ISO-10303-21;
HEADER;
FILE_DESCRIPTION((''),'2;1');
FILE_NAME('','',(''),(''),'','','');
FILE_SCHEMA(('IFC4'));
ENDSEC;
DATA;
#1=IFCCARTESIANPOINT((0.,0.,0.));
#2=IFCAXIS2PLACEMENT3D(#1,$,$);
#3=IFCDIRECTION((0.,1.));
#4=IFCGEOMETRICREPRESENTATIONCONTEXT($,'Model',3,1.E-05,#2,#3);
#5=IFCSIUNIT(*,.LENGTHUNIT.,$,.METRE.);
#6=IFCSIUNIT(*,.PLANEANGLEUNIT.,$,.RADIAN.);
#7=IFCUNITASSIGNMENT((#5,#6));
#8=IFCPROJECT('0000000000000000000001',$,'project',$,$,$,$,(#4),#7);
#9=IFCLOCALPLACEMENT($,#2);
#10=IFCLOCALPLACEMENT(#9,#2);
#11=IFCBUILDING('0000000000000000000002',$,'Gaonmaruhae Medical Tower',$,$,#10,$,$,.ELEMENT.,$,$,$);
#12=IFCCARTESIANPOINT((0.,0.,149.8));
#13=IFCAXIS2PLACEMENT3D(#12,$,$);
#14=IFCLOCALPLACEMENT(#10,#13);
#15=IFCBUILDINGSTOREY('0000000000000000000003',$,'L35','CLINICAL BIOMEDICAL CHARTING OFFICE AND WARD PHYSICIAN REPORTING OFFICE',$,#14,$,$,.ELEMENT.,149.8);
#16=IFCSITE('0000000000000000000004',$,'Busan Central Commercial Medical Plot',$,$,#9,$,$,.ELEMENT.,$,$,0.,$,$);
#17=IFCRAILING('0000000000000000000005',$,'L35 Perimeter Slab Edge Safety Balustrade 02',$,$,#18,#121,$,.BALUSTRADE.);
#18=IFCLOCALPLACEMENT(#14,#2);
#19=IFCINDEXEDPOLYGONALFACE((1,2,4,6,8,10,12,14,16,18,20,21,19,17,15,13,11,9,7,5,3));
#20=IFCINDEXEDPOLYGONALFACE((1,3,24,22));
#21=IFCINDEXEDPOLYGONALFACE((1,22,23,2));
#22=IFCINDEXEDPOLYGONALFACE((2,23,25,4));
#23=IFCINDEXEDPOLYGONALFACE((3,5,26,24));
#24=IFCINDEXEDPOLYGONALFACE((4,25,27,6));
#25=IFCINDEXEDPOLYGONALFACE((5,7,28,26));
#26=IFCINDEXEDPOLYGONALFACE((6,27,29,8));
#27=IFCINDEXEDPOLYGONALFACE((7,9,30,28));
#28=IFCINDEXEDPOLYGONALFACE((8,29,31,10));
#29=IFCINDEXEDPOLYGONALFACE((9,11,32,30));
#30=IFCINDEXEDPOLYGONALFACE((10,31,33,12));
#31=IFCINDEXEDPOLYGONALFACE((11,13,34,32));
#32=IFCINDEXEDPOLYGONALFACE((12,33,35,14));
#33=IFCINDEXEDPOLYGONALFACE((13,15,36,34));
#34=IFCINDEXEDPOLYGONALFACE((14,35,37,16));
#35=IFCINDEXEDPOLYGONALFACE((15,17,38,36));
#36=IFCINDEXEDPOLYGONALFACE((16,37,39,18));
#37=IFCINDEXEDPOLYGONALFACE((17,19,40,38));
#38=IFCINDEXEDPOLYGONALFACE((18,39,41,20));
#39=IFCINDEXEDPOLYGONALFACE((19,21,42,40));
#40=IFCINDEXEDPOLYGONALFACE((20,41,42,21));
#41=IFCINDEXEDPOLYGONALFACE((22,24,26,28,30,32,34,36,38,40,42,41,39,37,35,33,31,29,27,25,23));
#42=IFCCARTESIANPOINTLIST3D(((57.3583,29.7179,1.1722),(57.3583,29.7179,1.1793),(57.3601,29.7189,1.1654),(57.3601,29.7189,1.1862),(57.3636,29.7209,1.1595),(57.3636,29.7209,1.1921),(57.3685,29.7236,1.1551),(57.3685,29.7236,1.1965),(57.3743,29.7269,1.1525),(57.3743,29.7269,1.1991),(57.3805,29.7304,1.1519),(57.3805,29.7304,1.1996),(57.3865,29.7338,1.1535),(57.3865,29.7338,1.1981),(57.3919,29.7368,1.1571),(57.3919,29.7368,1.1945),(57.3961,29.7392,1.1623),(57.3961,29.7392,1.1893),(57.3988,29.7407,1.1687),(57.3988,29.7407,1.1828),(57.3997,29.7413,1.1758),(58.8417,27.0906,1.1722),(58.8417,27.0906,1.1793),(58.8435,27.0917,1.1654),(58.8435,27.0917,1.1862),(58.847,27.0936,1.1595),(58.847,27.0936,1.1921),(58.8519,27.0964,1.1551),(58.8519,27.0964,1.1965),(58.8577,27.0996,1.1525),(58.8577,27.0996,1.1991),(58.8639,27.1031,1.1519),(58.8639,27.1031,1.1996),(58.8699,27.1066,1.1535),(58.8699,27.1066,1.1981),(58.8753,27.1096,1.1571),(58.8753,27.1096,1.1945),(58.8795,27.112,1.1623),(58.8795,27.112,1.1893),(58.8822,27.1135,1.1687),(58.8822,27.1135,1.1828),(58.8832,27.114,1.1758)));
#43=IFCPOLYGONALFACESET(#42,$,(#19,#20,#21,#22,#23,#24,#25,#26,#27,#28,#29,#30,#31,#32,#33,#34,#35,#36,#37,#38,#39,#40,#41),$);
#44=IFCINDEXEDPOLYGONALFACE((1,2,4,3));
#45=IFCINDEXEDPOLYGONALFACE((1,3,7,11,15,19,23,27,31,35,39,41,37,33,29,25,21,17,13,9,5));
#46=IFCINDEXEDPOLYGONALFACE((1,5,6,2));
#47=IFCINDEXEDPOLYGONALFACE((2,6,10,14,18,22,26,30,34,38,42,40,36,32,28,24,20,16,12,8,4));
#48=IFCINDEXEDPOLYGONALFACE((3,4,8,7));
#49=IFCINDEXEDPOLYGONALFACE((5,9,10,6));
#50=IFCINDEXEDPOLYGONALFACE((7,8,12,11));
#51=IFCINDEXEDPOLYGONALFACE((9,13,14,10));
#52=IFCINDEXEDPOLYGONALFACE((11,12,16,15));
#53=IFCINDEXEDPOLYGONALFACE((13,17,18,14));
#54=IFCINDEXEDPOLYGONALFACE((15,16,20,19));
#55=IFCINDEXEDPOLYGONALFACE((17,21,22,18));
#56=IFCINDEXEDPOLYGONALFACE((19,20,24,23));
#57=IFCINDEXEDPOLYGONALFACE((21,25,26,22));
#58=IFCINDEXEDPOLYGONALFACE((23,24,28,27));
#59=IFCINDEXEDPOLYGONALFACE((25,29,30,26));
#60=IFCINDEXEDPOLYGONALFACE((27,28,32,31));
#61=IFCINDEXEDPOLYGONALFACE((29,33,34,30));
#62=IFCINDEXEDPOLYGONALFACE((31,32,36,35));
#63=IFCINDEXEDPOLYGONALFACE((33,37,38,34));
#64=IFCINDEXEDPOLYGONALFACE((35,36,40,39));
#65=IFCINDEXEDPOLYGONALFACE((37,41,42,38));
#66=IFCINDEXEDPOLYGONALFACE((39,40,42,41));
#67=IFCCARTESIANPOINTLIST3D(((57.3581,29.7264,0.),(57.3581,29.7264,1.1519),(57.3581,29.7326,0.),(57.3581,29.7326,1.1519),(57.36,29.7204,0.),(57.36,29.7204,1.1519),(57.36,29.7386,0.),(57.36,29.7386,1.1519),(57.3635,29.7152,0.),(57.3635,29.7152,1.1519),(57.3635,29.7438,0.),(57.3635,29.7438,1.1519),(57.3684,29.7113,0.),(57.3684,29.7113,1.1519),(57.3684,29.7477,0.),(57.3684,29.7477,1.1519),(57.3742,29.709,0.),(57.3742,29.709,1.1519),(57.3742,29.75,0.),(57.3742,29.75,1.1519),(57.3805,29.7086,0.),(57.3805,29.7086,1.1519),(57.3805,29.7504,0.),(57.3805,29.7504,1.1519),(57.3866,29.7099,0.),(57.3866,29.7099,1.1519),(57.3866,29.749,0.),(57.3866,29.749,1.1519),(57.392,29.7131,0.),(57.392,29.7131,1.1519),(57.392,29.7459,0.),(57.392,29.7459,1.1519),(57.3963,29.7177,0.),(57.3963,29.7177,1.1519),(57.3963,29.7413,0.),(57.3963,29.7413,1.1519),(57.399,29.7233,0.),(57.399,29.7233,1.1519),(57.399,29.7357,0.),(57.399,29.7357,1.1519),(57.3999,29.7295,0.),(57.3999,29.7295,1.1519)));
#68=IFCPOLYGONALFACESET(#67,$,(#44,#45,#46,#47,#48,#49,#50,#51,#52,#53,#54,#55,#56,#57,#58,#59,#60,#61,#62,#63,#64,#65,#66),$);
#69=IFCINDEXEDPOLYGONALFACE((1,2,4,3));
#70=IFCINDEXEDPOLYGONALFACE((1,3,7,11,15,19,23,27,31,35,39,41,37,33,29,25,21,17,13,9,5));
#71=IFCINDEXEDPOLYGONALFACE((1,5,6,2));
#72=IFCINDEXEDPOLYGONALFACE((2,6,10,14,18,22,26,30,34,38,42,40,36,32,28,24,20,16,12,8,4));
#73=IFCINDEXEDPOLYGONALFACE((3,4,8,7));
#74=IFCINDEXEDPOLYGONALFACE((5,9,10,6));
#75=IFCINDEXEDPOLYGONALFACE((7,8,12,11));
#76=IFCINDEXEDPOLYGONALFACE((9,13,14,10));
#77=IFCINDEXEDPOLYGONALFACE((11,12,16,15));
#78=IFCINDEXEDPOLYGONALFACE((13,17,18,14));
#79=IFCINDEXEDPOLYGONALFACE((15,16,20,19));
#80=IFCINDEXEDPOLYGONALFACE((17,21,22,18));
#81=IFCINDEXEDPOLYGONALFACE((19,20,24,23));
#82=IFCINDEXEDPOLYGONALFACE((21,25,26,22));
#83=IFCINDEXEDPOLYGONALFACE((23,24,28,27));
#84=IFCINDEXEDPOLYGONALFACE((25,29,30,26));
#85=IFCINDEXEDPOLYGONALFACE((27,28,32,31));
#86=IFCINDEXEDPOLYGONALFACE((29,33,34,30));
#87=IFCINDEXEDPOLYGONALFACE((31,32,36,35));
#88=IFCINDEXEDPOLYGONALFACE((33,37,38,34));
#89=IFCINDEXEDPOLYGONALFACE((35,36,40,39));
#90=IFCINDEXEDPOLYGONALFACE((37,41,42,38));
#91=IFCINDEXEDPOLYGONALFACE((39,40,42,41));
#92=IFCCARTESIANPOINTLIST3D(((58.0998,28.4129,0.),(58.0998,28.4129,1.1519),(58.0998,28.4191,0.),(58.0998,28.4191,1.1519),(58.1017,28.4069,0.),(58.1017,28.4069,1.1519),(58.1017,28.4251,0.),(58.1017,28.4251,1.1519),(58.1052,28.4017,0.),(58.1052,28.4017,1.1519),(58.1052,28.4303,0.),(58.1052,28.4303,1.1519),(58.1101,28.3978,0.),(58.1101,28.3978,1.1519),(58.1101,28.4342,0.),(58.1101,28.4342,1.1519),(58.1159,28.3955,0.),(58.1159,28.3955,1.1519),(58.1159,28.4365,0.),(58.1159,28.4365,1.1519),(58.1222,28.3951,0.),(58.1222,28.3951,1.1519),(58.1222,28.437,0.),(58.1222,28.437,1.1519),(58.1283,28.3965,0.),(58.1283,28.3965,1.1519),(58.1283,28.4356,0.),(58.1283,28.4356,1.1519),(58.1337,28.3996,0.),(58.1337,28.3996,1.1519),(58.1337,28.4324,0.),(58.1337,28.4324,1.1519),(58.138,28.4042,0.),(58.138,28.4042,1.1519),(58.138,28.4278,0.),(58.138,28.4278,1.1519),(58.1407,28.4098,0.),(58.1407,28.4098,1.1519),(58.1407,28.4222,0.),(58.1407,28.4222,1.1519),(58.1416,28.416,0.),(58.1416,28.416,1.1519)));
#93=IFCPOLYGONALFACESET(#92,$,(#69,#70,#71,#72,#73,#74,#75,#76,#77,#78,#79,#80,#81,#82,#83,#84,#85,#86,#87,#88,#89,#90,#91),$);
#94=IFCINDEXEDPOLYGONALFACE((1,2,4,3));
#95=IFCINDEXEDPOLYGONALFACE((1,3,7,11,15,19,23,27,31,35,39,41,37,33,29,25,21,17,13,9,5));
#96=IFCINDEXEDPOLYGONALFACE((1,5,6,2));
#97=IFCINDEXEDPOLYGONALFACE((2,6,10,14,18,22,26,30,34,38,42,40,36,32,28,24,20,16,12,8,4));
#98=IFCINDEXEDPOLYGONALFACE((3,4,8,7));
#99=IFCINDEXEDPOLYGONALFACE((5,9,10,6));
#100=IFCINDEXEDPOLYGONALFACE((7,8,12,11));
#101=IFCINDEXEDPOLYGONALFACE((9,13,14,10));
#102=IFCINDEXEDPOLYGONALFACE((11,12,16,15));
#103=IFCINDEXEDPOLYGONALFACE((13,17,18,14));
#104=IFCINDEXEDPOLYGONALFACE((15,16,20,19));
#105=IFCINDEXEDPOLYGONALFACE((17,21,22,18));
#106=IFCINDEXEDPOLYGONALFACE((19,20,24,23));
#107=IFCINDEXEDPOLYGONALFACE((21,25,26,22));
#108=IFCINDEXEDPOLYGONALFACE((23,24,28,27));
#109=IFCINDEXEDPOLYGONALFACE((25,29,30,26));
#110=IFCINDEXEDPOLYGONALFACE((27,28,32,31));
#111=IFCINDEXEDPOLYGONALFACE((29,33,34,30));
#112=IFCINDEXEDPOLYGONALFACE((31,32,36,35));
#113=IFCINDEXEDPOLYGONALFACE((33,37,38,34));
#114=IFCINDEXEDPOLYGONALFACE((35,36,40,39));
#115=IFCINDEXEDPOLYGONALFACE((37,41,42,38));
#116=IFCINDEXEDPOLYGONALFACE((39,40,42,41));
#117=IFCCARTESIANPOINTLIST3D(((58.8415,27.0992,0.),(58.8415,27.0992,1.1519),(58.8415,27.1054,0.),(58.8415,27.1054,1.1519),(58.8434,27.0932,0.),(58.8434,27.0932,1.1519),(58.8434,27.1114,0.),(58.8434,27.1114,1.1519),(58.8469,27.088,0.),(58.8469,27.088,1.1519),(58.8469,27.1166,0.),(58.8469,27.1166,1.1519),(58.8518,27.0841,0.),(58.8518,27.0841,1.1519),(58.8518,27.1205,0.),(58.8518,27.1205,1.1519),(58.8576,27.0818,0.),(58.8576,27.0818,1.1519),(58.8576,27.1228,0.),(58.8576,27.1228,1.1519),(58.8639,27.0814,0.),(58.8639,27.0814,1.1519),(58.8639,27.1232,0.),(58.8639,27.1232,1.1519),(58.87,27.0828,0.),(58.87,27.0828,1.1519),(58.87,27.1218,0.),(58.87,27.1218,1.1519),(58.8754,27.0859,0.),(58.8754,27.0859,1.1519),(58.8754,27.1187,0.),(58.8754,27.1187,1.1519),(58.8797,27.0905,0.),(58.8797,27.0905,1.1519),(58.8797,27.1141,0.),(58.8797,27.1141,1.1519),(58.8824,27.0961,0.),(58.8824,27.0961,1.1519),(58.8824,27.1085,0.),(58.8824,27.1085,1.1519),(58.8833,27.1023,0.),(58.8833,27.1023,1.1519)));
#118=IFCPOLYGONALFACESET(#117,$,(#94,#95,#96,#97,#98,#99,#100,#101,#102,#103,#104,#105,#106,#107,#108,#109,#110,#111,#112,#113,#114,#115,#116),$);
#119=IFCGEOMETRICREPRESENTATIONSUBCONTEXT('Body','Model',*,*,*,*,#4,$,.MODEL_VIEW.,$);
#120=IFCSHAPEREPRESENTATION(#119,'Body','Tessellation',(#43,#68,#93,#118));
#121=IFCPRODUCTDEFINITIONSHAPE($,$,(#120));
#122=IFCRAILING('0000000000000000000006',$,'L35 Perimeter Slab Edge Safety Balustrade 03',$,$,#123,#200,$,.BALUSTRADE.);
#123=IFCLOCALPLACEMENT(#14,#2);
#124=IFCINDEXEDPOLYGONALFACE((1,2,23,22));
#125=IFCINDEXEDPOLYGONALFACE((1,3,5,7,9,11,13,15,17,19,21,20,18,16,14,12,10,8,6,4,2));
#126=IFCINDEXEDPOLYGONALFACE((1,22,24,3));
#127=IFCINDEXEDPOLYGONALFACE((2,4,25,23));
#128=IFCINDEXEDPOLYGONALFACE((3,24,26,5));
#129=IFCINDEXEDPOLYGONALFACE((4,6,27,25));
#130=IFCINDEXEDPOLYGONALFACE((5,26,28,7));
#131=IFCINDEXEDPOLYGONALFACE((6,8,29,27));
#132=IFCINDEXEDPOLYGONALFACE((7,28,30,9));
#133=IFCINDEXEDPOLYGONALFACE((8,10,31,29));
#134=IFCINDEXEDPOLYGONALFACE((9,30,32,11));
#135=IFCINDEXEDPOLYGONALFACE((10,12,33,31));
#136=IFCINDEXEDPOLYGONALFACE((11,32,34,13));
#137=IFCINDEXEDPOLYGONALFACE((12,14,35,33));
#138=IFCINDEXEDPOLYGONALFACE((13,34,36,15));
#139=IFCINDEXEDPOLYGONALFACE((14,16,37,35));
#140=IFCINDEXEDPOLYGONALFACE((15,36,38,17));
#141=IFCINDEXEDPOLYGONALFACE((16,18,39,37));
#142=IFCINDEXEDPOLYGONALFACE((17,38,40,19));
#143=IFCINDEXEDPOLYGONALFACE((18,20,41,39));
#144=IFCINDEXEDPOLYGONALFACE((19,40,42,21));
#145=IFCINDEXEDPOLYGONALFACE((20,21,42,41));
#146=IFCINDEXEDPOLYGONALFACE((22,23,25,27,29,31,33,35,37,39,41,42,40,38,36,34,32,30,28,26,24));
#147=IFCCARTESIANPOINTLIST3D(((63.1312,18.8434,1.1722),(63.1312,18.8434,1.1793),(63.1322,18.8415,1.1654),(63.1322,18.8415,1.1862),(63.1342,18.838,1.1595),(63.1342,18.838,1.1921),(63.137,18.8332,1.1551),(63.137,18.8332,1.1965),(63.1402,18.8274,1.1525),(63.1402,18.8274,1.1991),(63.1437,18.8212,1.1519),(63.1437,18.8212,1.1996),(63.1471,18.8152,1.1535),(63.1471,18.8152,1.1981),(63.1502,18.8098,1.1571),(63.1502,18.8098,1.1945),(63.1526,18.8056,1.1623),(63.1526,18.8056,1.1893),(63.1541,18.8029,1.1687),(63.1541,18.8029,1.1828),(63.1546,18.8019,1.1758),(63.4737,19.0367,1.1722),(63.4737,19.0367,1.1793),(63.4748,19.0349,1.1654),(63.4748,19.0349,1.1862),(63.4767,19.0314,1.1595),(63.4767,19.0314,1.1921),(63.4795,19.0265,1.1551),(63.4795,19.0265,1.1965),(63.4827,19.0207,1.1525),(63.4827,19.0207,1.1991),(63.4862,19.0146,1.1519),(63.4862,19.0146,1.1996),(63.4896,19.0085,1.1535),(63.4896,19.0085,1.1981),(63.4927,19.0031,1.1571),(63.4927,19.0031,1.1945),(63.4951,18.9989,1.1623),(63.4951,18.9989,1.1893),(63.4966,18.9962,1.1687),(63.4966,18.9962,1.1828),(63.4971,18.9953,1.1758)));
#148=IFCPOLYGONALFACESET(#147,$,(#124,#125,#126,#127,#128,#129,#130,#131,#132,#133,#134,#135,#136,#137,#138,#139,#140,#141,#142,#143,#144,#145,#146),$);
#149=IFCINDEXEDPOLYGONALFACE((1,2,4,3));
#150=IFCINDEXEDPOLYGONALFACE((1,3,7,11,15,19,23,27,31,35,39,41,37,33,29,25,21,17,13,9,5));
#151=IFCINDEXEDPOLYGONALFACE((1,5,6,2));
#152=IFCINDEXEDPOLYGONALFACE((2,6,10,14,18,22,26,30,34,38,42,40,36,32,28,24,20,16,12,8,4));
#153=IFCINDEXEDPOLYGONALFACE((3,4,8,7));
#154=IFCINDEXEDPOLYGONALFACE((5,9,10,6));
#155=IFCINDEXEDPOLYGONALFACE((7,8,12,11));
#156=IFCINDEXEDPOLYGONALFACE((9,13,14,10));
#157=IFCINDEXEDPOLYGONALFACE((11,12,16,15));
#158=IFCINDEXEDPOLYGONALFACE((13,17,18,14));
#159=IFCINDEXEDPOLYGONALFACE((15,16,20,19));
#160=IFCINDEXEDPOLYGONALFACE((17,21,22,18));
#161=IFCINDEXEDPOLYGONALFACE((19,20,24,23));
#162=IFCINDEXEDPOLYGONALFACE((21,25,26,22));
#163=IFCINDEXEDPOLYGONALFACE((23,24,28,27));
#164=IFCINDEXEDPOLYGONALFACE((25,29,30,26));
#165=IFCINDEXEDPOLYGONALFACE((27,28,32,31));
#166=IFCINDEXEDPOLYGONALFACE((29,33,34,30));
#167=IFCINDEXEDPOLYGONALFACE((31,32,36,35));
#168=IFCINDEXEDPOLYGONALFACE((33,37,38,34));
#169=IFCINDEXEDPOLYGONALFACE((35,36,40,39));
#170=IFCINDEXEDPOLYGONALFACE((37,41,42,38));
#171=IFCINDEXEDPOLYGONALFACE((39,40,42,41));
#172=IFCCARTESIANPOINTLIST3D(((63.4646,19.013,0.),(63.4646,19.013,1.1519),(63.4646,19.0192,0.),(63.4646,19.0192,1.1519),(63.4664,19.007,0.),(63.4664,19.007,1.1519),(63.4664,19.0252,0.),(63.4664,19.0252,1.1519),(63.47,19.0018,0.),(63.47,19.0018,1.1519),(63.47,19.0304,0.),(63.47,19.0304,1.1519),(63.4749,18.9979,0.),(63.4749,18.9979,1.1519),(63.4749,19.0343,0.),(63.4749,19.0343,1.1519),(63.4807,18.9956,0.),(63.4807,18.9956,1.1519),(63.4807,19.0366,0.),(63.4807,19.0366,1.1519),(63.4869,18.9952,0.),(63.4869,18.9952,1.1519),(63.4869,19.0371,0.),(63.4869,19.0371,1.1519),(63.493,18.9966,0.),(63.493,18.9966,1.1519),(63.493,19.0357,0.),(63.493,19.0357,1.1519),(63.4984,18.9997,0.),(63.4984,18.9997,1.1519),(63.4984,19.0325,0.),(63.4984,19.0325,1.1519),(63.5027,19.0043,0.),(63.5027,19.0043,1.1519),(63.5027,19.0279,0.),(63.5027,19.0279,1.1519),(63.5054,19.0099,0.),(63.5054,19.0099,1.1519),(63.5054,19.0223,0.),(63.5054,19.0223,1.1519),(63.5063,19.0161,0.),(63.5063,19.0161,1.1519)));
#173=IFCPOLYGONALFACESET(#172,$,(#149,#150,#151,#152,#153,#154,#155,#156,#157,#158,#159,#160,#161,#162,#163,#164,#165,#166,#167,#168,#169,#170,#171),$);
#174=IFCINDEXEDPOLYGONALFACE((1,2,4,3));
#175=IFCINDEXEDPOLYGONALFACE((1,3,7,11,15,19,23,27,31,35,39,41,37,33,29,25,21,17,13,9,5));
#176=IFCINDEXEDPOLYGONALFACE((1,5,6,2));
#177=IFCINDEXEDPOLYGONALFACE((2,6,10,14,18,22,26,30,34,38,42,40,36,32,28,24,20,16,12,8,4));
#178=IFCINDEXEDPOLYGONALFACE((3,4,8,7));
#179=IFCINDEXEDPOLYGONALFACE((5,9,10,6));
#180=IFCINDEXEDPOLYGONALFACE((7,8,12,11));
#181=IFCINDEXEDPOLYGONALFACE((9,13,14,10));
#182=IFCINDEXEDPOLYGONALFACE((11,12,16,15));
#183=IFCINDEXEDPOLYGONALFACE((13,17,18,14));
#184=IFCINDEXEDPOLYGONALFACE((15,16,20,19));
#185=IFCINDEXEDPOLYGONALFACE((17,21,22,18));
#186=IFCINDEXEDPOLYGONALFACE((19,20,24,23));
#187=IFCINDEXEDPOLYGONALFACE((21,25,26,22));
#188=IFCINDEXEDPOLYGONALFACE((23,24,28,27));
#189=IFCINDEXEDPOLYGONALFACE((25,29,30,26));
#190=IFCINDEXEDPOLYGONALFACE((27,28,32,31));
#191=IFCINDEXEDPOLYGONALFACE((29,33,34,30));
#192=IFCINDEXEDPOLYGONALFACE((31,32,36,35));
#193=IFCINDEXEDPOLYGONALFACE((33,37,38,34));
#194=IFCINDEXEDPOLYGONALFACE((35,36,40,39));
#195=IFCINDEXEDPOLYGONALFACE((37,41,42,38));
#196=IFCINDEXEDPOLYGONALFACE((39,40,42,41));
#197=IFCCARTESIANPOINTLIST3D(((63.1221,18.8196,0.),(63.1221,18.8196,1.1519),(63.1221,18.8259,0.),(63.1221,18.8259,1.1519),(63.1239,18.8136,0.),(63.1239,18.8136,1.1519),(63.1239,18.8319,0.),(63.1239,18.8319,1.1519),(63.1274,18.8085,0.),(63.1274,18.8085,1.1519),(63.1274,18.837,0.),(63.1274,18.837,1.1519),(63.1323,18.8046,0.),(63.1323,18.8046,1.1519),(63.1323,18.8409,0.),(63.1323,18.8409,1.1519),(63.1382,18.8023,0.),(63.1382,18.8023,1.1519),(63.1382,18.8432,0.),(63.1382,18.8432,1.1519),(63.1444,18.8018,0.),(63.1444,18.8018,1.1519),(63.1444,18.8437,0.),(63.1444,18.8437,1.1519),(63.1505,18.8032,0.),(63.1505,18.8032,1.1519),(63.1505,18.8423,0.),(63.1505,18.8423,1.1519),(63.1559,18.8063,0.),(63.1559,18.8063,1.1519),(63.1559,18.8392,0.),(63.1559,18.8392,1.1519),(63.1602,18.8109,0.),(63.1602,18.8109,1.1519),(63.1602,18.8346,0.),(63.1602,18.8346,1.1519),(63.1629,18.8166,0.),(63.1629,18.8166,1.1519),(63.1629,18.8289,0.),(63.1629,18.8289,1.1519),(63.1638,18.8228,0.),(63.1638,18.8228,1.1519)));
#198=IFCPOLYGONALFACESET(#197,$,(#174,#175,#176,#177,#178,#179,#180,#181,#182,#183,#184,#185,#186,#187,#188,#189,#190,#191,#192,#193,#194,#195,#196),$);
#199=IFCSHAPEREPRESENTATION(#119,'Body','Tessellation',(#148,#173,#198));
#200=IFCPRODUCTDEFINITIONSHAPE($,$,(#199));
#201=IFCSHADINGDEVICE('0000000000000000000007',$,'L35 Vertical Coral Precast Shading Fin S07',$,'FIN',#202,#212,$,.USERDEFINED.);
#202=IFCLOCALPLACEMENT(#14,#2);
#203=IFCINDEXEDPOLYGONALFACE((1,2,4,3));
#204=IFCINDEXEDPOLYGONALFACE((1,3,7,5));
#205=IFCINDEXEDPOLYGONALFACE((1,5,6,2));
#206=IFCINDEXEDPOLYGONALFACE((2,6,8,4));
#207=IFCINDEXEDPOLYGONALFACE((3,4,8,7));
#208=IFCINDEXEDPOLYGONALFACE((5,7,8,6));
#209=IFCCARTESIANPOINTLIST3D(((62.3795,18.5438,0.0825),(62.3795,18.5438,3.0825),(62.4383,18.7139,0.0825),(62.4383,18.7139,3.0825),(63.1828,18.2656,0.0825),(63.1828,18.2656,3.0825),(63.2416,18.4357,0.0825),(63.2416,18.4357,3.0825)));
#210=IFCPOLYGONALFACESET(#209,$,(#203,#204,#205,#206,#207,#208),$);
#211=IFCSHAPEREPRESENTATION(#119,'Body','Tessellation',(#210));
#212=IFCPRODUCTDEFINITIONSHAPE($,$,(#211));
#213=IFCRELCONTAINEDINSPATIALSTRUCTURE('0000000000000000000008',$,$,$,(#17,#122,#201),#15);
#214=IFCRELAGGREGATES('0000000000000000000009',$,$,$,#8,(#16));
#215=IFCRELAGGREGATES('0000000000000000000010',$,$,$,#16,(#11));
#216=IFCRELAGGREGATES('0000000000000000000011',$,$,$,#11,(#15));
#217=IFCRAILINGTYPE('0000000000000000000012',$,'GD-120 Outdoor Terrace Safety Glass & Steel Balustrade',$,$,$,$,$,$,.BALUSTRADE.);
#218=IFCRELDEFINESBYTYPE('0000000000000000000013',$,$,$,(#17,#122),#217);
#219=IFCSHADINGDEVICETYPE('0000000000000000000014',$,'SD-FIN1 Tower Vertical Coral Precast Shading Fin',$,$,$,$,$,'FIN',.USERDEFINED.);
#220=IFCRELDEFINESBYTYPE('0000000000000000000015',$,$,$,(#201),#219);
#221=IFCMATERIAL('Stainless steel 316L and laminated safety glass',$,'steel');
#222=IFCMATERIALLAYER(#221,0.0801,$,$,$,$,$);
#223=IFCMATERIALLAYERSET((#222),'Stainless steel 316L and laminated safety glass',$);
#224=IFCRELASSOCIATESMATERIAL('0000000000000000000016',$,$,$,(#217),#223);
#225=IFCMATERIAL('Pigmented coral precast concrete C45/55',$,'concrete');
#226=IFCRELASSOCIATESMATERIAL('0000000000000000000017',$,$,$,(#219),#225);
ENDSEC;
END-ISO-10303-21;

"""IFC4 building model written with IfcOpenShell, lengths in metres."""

from ifc_helpers import new_model, si_unit, direction, frame, origin, origin_2d, place, context, subcontext, project, spatial, rectangle, circle, extrude, material, layer, layer_set, type_object, element, save


model = new_model("IFC4")

# Units and contexts
model_context = context("Model", 3, precision=1e-05, world=origin(), true_north=direction((0.0, 1.0)))
body_context = subcontext(model_context, "Body", "Model", "MODEL_VIEW")
ifc_project = project(units=[si_unit("LENGTHUNIT", "METRE"), si_unit("PLANEANGLEUNIT", "RADIAN")], contexts=[model_context])

# Site, building, storey
site_placement = place(None, origin())
site = spatial("IfcSite", under=ifc_project, at=site_placement, Name="Busan Central Commercial Medical Plot", CompositionType="ELEMENT", RefElevation=0.0)
building_placement = place(site_placement, origin())
building = spatial("IfcBuilding", under=site, at=building_placement, Name="Gaonmaruhae Medical Tower", CompositionType="ELEMENT")
storey_placement = place(building_placement, frame((0.0, 0.0, 149.8)))
storey = spatial("IfcBuildingStorey", under=building, at=storey_placement, Name="L35", Description="CLINICAL BIOMEDICAL CHARTING OFFICE AND WARD PHYSICIAN REPORTING OFFICE", CompositionType="ELEMENT", Elevation=149.8)

# Railings
ifc_material_1 = material(Name="Stainless steel 316L and laminated safety glass", Category="steel")
ifc_layer_1 = layer(ifc_material_1, 0.0801)
ifc_layer_set_1 = layer_set([ifc_layer_1], Name="Stainless steel 316L and laminated safety glass")
railing_type = type_object("IfcRailingType", Name="GD-120 Outdoor Terrace Safety Glass & Steel Balustrade", PredefinedType="BALUSTRADE", material=ifc_layer_set_1)
railing_1_placement = place(storey_placement, frame((57.3789, 29.7295, 0.0)))
element("IfcRailing", 1, at=railing_1_placement, inside=storey, type_object=railing_type, Name="L35 Perimeter Slab Edge Safety Balustrade 02", PredefinedType="BALUSTRADE", context=body_context, shape_type="SweptSolid", body=[
    extrude(circle(Radius=0.0239, at=origin_2d()), frame((0.0, 0.0, 1.1758), z_axis=(0.491671, -0.870781, 0.0), x_axis=(0.870781, 0.491671, 0.0)), (0.0, 0.0, 1.0), 3.0171),
    extrude(circle(Radius=0.021, at=origin_2d()), origin(), (0.0, 0.0, 1.0), 1.1519),
    extrude(circle(Radius=0.021, at=origin_2d()), frame((0.7417, -1.3135, 0.0)), (0.0, 0.0, 1.0), 1.1519),
    extrude(circle(Radius=0.021, at=origin_2d()), frame((1.4834, -2.6272, 0.0)), (0.0, 0.0, 1.0), 1.1519),
])
railing_2_placement = place(storey_placement, frame((63.4854, 19.0161, 0.0)))
element("IfcRailing", 2, at=railing_2_placement, inside=storey, type_object=railing_type, Name="L35 Perimeter Slab Edge Safety Balustrade 03", PredefinedType="BALUSTRADE", context=body_context, shape_type="SweptSolid", body=[
    extrude(circle(Radius=0.0239, at=origin_2d()), frame((0.0, 0.0, 1.1758), z_axis=(-0.870829, -0.491587, 0.0), x_axis=(0.491587, -0.870829, 0.0)), (0.0, 0.0, 1.0), 0.3933),
    extrude(circle(Radius=0.021, at=origin_2d()), origin(), (0.0, 0.0, 1.0), 1.1519),
    extrude(circle(Radius=0.021, at=origin_2d()), frame((-0.3425, -0.1934, 0.0)), (0.0, 0.0, 1.0), 1.1519),
])

# Shading device
ifc_material_2 = material(Name="Pigmented coral precast concrete C45/55", Category="concrete")
shading_device_type = type_object("IfcShadingDeviceType", Name="SD-FIN1 Tower Vertical Coral Precast Shading Fin", ElementType="FIN", PredefinedType="USERDEFINED", material=ifc_material_2)
for number, where, z_axis, x_axis, name in (
    (3, (62.8105, 18.4897, 0.0825), (0.0, 0.0, 1.0), (-0.327251, -0.944937, 0.0), "L35 Vertical Coral Precast Shading Fin S07"),
):
    element("IfcShadingDevice", number, at=place(storey_placement, frame(where, z_axis=z_axis, x_axis=x_axis)), inside=storey, type_object=shading_device_type, Name=name, ObjectType="FIN", PredefinedType="USERDEFINED", context=body_context, shape_type="SweptSolid", body=[
        extrude(rectangle(XDim=0.1799, YDim=0.8501, at=origin_2d()), origin(), (0.0, 0.0, 1.0), 3.0),
    ])

save(model, "model.ifc")
